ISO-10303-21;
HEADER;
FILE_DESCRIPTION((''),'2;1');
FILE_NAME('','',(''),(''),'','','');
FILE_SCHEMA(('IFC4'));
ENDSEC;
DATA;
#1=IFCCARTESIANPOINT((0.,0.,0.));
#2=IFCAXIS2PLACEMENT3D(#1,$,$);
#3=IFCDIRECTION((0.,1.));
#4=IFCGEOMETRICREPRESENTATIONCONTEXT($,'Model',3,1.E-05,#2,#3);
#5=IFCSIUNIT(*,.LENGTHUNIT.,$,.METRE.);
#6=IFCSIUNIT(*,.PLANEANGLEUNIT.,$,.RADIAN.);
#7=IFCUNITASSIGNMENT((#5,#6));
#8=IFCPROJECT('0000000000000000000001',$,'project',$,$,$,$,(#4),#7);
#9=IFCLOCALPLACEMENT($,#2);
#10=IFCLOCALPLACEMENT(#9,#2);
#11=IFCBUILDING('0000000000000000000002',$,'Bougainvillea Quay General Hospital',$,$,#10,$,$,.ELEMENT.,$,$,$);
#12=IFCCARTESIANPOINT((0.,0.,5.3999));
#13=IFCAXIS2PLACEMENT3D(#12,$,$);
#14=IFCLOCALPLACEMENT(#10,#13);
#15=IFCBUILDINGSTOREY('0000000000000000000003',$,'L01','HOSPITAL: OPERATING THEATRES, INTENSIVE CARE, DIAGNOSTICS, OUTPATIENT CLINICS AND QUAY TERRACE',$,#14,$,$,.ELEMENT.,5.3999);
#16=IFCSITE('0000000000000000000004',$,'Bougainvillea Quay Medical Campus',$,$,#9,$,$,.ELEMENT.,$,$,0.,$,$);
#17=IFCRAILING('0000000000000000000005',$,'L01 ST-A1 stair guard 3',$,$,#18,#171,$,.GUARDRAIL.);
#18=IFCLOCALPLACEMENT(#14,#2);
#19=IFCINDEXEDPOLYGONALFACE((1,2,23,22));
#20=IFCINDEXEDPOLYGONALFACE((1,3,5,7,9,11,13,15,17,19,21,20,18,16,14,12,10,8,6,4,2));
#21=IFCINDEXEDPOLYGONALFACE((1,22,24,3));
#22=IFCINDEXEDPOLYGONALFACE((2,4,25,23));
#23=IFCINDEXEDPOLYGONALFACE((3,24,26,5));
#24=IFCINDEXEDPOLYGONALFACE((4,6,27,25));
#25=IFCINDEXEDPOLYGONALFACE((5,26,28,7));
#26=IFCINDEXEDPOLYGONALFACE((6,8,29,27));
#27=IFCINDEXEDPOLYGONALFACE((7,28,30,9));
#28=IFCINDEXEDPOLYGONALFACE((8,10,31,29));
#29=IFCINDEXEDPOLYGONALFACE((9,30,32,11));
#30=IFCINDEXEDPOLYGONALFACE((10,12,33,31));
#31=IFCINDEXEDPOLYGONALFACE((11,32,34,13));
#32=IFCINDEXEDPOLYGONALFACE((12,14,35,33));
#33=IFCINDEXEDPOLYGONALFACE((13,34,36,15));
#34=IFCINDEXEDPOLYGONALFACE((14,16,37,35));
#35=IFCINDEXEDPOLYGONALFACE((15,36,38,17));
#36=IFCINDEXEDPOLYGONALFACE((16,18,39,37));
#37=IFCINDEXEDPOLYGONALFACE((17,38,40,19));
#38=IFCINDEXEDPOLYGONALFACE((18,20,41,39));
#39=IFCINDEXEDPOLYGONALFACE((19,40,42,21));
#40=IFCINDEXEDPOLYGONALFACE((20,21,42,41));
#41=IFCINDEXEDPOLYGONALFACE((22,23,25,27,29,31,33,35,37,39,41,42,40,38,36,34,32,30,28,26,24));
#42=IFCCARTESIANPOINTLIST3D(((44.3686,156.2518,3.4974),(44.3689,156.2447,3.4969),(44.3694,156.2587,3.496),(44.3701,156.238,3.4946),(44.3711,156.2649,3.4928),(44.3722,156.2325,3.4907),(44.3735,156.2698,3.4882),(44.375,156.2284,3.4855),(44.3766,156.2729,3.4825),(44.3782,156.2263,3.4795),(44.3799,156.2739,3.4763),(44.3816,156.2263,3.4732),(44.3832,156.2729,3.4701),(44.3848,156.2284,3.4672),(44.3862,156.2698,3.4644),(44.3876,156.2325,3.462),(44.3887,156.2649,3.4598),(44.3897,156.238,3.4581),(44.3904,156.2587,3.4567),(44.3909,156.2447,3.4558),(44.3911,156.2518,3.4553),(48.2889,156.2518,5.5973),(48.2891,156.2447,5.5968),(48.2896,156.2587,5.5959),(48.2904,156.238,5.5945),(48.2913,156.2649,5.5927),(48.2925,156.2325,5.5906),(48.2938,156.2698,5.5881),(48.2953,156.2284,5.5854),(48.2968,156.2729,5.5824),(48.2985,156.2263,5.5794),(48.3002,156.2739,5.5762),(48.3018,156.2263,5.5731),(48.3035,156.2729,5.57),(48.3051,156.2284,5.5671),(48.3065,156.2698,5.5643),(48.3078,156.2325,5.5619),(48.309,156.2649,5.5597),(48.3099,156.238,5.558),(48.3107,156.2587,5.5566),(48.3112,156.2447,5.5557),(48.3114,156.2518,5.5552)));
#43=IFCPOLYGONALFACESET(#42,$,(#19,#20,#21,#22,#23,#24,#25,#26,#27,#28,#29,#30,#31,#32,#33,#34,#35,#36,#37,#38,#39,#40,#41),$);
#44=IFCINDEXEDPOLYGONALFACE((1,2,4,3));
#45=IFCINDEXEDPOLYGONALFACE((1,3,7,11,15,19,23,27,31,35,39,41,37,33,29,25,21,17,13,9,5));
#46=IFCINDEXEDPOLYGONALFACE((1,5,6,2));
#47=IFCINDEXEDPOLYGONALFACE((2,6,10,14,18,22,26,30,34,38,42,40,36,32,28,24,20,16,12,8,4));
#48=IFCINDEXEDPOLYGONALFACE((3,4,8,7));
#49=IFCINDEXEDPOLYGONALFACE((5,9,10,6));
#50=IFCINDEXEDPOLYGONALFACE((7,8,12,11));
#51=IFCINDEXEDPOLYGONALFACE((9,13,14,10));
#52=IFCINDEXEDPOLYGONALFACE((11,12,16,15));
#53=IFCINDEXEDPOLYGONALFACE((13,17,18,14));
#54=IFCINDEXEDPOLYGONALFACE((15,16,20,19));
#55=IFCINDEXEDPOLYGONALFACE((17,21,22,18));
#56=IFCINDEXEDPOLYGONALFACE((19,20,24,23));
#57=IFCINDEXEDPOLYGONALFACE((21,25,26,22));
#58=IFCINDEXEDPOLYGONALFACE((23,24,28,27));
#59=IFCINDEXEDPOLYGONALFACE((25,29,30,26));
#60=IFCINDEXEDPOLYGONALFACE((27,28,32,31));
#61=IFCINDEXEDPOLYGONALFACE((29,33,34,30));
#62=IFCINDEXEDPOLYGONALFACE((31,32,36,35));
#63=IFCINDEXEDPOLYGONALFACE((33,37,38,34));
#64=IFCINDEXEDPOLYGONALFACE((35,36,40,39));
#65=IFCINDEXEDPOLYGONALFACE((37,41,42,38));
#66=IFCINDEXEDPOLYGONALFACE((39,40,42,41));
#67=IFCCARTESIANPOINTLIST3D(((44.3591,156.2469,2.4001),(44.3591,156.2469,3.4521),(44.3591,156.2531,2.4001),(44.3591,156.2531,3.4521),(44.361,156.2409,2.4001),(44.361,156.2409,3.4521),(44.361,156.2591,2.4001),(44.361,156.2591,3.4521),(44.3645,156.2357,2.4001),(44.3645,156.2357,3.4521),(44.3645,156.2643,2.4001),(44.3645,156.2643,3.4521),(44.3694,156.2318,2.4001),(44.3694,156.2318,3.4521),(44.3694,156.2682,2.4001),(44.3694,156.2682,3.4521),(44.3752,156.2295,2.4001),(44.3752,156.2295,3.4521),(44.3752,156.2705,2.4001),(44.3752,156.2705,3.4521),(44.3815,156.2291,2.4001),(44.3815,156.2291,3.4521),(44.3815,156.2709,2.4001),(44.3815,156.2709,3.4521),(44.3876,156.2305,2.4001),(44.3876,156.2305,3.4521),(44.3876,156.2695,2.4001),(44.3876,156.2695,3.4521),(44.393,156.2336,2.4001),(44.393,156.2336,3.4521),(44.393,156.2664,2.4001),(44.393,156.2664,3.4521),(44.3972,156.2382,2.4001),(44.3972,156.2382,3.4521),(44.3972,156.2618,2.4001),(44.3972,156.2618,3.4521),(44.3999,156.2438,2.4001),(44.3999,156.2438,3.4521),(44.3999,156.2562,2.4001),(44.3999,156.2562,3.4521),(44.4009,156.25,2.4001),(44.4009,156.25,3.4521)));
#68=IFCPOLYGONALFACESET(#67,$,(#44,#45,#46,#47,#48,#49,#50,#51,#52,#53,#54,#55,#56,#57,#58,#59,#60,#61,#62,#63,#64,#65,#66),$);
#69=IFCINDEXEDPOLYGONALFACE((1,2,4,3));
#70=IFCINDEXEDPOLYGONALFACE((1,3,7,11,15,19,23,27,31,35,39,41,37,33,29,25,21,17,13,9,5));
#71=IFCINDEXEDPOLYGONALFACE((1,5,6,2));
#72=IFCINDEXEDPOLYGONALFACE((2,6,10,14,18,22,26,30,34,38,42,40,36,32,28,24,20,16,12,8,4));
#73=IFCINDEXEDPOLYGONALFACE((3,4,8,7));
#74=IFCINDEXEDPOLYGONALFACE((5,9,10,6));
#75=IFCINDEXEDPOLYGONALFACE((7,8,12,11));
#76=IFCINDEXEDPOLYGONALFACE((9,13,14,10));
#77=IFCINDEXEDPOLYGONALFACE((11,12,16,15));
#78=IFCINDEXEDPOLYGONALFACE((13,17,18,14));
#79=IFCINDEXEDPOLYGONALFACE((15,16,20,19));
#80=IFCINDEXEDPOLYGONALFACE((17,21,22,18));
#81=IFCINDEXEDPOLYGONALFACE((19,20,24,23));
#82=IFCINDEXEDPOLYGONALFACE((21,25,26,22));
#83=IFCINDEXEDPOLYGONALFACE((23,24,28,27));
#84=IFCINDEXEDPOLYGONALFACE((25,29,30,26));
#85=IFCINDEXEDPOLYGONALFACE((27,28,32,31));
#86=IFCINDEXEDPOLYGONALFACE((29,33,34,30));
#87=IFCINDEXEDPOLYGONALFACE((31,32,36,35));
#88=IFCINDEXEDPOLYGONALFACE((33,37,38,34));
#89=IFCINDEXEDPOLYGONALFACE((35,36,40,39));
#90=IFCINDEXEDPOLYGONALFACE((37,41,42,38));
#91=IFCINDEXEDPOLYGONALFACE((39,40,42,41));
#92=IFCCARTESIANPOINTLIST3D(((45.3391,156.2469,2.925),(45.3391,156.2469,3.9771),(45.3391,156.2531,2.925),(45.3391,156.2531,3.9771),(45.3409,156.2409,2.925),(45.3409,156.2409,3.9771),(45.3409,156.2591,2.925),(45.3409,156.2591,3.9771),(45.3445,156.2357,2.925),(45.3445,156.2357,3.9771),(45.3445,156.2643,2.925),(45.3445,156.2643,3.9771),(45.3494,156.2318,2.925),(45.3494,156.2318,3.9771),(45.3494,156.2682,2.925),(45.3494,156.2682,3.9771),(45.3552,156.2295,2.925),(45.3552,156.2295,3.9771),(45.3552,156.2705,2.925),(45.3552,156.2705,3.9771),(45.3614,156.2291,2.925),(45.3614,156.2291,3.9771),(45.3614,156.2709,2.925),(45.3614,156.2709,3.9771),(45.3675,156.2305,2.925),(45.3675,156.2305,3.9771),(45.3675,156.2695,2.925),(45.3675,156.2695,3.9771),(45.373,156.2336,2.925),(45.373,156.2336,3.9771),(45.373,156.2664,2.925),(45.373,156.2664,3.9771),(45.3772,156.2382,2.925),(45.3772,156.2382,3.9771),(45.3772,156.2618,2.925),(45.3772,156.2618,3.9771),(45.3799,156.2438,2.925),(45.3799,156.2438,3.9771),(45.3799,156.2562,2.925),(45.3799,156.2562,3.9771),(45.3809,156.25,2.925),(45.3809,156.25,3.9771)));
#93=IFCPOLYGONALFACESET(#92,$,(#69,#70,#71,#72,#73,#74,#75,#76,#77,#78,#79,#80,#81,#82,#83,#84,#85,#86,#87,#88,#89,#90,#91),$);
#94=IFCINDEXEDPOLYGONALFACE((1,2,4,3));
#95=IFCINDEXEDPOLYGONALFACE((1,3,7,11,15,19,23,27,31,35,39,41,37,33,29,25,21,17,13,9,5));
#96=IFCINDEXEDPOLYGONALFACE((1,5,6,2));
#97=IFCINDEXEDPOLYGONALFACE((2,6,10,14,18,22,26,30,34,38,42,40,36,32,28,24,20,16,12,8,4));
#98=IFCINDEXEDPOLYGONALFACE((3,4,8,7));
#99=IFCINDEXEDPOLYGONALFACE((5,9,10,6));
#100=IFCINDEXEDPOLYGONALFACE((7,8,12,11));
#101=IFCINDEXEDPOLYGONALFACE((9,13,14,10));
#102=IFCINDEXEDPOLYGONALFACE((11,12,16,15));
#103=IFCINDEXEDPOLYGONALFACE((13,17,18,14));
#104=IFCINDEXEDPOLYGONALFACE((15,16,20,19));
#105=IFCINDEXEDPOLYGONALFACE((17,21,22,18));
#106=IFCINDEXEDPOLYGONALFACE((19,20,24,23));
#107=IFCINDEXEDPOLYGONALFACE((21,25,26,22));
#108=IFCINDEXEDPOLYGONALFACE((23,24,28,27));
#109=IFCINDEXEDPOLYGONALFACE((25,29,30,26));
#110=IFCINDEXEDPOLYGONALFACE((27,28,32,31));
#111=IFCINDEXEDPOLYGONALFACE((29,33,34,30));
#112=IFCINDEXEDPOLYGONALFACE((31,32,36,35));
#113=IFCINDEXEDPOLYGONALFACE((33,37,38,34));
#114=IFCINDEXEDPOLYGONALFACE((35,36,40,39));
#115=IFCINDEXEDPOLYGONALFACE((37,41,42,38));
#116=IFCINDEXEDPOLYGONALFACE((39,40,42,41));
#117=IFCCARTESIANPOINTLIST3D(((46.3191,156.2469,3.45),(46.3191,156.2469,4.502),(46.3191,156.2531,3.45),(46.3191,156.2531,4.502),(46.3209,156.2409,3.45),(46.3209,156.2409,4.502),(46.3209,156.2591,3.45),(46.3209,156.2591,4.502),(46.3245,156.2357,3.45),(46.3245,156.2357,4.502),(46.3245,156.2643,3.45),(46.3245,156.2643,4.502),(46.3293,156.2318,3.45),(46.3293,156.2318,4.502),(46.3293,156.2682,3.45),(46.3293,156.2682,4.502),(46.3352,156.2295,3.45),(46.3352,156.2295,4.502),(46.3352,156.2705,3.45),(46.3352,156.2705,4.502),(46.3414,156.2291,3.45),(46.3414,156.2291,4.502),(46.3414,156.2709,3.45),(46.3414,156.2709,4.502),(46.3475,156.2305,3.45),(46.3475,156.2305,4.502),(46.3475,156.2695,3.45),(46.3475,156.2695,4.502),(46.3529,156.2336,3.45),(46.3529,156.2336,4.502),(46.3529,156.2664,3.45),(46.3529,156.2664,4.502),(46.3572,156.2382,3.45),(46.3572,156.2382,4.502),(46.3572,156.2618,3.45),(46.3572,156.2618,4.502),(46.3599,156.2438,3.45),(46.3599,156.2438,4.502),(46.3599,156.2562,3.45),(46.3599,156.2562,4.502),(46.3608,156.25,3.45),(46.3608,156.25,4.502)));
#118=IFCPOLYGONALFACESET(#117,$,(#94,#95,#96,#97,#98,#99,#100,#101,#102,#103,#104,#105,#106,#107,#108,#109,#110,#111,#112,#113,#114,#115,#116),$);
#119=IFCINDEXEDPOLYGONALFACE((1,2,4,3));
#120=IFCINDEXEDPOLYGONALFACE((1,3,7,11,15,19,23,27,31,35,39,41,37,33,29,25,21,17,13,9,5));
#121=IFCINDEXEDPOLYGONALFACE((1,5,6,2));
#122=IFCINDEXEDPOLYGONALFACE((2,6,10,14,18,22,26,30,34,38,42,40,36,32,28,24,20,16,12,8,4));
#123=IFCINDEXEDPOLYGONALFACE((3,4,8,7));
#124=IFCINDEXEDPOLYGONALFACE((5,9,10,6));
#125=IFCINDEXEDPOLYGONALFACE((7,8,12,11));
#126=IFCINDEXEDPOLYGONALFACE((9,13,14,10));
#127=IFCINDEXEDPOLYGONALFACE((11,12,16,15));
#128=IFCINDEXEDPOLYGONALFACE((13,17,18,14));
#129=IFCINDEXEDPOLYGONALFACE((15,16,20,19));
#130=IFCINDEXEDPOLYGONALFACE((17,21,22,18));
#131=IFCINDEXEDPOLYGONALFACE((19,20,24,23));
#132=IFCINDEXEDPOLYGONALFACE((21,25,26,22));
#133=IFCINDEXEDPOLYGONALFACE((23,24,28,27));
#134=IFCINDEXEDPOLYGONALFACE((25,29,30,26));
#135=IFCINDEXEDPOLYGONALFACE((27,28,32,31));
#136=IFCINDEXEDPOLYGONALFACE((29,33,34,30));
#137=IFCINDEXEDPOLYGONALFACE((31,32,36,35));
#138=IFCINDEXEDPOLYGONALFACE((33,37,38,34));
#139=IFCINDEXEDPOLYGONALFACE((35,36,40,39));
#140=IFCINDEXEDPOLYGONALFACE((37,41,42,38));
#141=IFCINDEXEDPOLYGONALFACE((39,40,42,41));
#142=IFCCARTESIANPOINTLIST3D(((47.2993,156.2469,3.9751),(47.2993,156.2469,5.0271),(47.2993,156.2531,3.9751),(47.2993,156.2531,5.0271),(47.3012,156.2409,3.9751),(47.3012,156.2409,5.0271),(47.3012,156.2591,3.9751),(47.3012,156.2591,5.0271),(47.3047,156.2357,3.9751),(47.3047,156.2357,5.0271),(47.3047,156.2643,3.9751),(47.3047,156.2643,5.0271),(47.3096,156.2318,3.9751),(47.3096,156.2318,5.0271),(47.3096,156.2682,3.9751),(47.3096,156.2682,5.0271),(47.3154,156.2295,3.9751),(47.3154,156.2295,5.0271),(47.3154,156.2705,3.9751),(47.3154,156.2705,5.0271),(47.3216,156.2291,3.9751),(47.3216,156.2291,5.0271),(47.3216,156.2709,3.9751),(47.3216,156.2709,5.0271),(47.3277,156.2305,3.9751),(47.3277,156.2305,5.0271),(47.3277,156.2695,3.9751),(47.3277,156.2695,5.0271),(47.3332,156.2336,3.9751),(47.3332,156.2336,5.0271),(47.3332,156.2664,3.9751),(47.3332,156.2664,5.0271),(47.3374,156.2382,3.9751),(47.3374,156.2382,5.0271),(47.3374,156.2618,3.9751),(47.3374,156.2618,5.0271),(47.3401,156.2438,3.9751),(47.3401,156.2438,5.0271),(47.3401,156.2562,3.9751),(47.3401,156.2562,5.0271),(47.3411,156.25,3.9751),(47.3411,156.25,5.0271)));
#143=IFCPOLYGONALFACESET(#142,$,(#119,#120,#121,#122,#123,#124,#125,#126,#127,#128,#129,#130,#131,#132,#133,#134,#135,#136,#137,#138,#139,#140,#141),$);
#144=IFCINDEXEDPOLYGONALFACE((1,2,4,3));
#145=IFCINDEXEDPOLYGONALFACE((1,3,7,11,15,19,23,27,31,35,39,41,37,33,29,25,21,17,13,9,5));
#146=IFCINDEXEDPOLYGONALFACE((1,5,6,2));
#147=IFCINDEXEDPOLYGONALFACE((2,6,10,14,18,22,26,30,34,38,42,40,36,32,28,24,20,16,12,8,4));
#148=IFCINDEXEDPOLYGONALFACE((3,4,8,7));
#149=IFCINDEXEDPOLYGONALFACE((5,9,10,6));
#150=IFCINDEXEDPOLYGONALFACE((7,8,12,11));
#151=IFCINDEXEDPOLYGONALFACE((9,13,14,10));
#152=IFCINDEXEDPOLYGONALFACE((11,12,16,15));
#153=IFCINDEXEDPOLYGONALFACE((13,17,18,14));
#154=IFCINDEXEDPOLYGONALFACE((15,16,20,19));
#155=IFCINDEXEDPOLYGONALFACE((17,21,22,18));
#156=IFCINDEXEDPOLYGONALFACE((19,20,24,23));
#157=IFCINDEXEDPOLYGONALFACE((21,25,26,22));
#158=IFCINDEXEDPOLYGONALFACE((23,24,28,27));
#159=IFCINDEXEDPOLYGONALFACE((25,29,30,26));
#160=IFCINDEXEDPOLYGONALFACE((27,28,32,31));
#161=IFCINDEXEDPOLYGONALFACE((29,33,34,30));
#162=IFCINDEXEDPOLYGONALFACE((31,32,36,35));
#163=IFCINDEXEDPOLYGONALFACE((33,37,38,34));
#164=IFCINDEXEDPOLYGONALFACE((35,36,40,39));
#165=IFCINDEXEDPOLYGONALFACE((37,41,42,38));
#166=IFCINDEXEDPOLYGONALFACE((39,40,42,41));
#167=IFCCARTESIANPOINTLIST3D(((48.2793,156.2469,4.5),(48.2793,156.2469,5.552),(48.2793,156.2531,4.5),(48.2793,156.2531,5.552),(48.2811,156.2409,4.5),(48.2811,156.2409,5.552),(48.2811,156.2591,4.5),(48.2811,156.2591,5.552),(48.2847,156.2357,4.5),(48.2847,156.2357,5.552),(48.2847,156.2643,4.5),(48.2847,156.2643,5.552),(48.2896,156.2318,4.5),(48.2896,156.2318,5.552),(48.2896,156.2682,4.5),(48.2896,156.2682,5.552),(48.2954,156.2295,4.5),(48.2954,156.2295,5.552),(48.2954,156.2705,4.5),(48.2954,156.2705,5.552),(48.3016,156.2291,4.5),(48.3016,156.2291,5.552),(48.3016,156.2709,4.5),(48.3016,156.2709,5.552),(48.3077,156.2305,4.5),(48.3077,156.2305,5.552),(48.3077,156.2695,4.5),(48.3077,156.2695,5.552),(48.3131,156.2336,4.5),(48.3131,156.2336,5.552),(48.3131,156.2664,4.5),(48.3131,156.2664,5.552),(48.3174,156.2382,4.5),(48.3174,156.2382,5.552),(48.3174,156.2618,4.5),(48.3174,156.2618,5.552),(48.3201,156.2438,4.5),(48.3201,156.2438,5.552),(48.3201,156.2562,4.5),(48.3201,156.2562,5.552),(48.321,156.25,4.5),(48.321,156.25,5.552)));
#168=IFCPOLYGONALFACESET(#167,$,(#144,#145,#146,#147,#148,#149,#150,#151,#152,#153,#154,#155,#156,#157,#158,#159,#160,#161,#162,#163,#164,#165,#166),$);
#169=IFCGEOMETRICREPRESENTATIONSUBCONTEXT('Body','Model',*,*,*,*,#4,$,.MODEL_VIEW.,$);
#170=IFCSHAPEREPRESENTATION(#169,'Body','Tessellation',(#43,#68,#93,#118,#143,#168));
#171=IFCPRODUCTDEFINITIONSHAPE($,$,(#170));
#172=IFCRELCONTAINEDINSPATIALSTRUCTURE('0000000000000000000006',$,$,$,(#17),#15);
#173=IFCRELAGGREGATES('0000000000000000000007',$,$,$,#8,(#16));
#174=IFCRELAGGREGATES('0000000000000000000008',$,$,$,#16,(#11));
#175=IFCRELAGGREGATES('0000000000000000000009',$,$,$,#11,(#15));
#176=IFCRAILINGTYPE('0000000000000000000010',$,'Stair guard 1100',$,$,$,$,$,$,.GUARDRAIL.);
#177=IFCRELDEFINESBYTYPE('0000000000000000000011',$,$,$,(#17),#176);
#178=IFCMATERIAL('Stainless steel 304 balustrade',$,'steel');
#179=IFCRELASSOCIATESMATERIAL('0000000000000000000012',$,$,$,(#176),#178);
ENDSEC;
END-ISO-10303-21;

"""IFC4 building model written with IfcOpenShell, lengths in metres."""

from ifc_helpers import new_model, si_unit, direction, frame, origin, origin_2d, place, context, subcontext, project, spatial, circle, extrude, material, type_object, element, save


model = new_model("IFC4")

# Units and contexts
model_context = context("Model", 3, precision=1e-05, world=origin(), true_north=direction((0.0, 1.0)))
body_context = subcontext(model_context, "Body", "Model", "MODEL_VIEW")
ifc_project = project(units=[si_unit("LENGTHUNIT", "METRE"), si_unit("PLANEANGLEUNIT", "RADIAN")], contexts=[model_context])

# Site, building, storey
site_placement = place(None, origin())
site = spatial("IfcSite", under=ifc_project, at=site_placement, Name="Bougainvillea Quay Medical Campus", CompositionType="ELEMENT", RefElevation=0.0)
building_placement = place(site_placement, origin())
building = spatial("IfcBuilding", under=site, at=building_placement, Name="Bougainvillea Quay General Hospital", CompositionType="ELEMENT")
storey_placement = place(building_placement, frame((0.0, 0.0, 5.3999)))
storey = spatial("IfcBuildingStorey", under=building, at=storey_placement, Name="L01", Description="HOSPITAL: OPERATING THEATRES, INTENSIVE CARE, DIAGNOSTICS, OUTPATIENT CLINICS AND QUAY TERRACE", CompositionType="ELEMENT", Elevation=5.3999)

# Railing
ifc_material_1 = material(Name="Stainless steel 304 balustrade", Category="steel")
railing_type_1 = type_object("IfcRailingType", Name="Stair guard 1100", PredefinedType="GUARDRAIL", material=ifc_material_1)
railing_1_placement = place(storey_placement, frame((44.3799, 156.25, 2.4001)))
element("IfcRailing", 1, at=railing_1_placement, inside=storey, type_object=railing_type_1, Name="L01 ST-A1 stair guard 3", PredefinedType="GUARDRAIL", context=body_context, shape_type="SweptSolid", body=[
    extrude(circle(Radius=0.0239, at=origin_2d()), frame((0.0, 0.0, 1.0762), z_axis=(0.881502, 0.0, 0.47218), x_axis=(0.0, 1.0, 0.0)), (0.0, 0.0, 1.0), 4.4473),
    extrude(circle(Radius=0.021, at=origin_2d()), origin(), (0.0, 0.0, 1.0), 1.052),
    extrude(circle(Radius=0.021, at=origin_2d()), frame((0.98, 0.0, 0.5249)), (0.0, 0.0, 1.0), 1.052),
    extrude(circle(Radius=0.021, at=origin_2d()), frame((1.96, 0.0, 1.0498)), (0.0, 0.0, 1.0), 1.052),
    extrude(circle(Radius=0.021, at=origin_2d()), frame((2.9402, 0.0, 1.575)), (0.0, 0.0, 1.0), 1.052),
    extrude(circle(Radius=0.021, at=origin_2d()), frame((3.9202, 0.0, 2.0999)), (0.0, 0.0, 1.0), 1.052),
])

save(model, "model.ifc")
